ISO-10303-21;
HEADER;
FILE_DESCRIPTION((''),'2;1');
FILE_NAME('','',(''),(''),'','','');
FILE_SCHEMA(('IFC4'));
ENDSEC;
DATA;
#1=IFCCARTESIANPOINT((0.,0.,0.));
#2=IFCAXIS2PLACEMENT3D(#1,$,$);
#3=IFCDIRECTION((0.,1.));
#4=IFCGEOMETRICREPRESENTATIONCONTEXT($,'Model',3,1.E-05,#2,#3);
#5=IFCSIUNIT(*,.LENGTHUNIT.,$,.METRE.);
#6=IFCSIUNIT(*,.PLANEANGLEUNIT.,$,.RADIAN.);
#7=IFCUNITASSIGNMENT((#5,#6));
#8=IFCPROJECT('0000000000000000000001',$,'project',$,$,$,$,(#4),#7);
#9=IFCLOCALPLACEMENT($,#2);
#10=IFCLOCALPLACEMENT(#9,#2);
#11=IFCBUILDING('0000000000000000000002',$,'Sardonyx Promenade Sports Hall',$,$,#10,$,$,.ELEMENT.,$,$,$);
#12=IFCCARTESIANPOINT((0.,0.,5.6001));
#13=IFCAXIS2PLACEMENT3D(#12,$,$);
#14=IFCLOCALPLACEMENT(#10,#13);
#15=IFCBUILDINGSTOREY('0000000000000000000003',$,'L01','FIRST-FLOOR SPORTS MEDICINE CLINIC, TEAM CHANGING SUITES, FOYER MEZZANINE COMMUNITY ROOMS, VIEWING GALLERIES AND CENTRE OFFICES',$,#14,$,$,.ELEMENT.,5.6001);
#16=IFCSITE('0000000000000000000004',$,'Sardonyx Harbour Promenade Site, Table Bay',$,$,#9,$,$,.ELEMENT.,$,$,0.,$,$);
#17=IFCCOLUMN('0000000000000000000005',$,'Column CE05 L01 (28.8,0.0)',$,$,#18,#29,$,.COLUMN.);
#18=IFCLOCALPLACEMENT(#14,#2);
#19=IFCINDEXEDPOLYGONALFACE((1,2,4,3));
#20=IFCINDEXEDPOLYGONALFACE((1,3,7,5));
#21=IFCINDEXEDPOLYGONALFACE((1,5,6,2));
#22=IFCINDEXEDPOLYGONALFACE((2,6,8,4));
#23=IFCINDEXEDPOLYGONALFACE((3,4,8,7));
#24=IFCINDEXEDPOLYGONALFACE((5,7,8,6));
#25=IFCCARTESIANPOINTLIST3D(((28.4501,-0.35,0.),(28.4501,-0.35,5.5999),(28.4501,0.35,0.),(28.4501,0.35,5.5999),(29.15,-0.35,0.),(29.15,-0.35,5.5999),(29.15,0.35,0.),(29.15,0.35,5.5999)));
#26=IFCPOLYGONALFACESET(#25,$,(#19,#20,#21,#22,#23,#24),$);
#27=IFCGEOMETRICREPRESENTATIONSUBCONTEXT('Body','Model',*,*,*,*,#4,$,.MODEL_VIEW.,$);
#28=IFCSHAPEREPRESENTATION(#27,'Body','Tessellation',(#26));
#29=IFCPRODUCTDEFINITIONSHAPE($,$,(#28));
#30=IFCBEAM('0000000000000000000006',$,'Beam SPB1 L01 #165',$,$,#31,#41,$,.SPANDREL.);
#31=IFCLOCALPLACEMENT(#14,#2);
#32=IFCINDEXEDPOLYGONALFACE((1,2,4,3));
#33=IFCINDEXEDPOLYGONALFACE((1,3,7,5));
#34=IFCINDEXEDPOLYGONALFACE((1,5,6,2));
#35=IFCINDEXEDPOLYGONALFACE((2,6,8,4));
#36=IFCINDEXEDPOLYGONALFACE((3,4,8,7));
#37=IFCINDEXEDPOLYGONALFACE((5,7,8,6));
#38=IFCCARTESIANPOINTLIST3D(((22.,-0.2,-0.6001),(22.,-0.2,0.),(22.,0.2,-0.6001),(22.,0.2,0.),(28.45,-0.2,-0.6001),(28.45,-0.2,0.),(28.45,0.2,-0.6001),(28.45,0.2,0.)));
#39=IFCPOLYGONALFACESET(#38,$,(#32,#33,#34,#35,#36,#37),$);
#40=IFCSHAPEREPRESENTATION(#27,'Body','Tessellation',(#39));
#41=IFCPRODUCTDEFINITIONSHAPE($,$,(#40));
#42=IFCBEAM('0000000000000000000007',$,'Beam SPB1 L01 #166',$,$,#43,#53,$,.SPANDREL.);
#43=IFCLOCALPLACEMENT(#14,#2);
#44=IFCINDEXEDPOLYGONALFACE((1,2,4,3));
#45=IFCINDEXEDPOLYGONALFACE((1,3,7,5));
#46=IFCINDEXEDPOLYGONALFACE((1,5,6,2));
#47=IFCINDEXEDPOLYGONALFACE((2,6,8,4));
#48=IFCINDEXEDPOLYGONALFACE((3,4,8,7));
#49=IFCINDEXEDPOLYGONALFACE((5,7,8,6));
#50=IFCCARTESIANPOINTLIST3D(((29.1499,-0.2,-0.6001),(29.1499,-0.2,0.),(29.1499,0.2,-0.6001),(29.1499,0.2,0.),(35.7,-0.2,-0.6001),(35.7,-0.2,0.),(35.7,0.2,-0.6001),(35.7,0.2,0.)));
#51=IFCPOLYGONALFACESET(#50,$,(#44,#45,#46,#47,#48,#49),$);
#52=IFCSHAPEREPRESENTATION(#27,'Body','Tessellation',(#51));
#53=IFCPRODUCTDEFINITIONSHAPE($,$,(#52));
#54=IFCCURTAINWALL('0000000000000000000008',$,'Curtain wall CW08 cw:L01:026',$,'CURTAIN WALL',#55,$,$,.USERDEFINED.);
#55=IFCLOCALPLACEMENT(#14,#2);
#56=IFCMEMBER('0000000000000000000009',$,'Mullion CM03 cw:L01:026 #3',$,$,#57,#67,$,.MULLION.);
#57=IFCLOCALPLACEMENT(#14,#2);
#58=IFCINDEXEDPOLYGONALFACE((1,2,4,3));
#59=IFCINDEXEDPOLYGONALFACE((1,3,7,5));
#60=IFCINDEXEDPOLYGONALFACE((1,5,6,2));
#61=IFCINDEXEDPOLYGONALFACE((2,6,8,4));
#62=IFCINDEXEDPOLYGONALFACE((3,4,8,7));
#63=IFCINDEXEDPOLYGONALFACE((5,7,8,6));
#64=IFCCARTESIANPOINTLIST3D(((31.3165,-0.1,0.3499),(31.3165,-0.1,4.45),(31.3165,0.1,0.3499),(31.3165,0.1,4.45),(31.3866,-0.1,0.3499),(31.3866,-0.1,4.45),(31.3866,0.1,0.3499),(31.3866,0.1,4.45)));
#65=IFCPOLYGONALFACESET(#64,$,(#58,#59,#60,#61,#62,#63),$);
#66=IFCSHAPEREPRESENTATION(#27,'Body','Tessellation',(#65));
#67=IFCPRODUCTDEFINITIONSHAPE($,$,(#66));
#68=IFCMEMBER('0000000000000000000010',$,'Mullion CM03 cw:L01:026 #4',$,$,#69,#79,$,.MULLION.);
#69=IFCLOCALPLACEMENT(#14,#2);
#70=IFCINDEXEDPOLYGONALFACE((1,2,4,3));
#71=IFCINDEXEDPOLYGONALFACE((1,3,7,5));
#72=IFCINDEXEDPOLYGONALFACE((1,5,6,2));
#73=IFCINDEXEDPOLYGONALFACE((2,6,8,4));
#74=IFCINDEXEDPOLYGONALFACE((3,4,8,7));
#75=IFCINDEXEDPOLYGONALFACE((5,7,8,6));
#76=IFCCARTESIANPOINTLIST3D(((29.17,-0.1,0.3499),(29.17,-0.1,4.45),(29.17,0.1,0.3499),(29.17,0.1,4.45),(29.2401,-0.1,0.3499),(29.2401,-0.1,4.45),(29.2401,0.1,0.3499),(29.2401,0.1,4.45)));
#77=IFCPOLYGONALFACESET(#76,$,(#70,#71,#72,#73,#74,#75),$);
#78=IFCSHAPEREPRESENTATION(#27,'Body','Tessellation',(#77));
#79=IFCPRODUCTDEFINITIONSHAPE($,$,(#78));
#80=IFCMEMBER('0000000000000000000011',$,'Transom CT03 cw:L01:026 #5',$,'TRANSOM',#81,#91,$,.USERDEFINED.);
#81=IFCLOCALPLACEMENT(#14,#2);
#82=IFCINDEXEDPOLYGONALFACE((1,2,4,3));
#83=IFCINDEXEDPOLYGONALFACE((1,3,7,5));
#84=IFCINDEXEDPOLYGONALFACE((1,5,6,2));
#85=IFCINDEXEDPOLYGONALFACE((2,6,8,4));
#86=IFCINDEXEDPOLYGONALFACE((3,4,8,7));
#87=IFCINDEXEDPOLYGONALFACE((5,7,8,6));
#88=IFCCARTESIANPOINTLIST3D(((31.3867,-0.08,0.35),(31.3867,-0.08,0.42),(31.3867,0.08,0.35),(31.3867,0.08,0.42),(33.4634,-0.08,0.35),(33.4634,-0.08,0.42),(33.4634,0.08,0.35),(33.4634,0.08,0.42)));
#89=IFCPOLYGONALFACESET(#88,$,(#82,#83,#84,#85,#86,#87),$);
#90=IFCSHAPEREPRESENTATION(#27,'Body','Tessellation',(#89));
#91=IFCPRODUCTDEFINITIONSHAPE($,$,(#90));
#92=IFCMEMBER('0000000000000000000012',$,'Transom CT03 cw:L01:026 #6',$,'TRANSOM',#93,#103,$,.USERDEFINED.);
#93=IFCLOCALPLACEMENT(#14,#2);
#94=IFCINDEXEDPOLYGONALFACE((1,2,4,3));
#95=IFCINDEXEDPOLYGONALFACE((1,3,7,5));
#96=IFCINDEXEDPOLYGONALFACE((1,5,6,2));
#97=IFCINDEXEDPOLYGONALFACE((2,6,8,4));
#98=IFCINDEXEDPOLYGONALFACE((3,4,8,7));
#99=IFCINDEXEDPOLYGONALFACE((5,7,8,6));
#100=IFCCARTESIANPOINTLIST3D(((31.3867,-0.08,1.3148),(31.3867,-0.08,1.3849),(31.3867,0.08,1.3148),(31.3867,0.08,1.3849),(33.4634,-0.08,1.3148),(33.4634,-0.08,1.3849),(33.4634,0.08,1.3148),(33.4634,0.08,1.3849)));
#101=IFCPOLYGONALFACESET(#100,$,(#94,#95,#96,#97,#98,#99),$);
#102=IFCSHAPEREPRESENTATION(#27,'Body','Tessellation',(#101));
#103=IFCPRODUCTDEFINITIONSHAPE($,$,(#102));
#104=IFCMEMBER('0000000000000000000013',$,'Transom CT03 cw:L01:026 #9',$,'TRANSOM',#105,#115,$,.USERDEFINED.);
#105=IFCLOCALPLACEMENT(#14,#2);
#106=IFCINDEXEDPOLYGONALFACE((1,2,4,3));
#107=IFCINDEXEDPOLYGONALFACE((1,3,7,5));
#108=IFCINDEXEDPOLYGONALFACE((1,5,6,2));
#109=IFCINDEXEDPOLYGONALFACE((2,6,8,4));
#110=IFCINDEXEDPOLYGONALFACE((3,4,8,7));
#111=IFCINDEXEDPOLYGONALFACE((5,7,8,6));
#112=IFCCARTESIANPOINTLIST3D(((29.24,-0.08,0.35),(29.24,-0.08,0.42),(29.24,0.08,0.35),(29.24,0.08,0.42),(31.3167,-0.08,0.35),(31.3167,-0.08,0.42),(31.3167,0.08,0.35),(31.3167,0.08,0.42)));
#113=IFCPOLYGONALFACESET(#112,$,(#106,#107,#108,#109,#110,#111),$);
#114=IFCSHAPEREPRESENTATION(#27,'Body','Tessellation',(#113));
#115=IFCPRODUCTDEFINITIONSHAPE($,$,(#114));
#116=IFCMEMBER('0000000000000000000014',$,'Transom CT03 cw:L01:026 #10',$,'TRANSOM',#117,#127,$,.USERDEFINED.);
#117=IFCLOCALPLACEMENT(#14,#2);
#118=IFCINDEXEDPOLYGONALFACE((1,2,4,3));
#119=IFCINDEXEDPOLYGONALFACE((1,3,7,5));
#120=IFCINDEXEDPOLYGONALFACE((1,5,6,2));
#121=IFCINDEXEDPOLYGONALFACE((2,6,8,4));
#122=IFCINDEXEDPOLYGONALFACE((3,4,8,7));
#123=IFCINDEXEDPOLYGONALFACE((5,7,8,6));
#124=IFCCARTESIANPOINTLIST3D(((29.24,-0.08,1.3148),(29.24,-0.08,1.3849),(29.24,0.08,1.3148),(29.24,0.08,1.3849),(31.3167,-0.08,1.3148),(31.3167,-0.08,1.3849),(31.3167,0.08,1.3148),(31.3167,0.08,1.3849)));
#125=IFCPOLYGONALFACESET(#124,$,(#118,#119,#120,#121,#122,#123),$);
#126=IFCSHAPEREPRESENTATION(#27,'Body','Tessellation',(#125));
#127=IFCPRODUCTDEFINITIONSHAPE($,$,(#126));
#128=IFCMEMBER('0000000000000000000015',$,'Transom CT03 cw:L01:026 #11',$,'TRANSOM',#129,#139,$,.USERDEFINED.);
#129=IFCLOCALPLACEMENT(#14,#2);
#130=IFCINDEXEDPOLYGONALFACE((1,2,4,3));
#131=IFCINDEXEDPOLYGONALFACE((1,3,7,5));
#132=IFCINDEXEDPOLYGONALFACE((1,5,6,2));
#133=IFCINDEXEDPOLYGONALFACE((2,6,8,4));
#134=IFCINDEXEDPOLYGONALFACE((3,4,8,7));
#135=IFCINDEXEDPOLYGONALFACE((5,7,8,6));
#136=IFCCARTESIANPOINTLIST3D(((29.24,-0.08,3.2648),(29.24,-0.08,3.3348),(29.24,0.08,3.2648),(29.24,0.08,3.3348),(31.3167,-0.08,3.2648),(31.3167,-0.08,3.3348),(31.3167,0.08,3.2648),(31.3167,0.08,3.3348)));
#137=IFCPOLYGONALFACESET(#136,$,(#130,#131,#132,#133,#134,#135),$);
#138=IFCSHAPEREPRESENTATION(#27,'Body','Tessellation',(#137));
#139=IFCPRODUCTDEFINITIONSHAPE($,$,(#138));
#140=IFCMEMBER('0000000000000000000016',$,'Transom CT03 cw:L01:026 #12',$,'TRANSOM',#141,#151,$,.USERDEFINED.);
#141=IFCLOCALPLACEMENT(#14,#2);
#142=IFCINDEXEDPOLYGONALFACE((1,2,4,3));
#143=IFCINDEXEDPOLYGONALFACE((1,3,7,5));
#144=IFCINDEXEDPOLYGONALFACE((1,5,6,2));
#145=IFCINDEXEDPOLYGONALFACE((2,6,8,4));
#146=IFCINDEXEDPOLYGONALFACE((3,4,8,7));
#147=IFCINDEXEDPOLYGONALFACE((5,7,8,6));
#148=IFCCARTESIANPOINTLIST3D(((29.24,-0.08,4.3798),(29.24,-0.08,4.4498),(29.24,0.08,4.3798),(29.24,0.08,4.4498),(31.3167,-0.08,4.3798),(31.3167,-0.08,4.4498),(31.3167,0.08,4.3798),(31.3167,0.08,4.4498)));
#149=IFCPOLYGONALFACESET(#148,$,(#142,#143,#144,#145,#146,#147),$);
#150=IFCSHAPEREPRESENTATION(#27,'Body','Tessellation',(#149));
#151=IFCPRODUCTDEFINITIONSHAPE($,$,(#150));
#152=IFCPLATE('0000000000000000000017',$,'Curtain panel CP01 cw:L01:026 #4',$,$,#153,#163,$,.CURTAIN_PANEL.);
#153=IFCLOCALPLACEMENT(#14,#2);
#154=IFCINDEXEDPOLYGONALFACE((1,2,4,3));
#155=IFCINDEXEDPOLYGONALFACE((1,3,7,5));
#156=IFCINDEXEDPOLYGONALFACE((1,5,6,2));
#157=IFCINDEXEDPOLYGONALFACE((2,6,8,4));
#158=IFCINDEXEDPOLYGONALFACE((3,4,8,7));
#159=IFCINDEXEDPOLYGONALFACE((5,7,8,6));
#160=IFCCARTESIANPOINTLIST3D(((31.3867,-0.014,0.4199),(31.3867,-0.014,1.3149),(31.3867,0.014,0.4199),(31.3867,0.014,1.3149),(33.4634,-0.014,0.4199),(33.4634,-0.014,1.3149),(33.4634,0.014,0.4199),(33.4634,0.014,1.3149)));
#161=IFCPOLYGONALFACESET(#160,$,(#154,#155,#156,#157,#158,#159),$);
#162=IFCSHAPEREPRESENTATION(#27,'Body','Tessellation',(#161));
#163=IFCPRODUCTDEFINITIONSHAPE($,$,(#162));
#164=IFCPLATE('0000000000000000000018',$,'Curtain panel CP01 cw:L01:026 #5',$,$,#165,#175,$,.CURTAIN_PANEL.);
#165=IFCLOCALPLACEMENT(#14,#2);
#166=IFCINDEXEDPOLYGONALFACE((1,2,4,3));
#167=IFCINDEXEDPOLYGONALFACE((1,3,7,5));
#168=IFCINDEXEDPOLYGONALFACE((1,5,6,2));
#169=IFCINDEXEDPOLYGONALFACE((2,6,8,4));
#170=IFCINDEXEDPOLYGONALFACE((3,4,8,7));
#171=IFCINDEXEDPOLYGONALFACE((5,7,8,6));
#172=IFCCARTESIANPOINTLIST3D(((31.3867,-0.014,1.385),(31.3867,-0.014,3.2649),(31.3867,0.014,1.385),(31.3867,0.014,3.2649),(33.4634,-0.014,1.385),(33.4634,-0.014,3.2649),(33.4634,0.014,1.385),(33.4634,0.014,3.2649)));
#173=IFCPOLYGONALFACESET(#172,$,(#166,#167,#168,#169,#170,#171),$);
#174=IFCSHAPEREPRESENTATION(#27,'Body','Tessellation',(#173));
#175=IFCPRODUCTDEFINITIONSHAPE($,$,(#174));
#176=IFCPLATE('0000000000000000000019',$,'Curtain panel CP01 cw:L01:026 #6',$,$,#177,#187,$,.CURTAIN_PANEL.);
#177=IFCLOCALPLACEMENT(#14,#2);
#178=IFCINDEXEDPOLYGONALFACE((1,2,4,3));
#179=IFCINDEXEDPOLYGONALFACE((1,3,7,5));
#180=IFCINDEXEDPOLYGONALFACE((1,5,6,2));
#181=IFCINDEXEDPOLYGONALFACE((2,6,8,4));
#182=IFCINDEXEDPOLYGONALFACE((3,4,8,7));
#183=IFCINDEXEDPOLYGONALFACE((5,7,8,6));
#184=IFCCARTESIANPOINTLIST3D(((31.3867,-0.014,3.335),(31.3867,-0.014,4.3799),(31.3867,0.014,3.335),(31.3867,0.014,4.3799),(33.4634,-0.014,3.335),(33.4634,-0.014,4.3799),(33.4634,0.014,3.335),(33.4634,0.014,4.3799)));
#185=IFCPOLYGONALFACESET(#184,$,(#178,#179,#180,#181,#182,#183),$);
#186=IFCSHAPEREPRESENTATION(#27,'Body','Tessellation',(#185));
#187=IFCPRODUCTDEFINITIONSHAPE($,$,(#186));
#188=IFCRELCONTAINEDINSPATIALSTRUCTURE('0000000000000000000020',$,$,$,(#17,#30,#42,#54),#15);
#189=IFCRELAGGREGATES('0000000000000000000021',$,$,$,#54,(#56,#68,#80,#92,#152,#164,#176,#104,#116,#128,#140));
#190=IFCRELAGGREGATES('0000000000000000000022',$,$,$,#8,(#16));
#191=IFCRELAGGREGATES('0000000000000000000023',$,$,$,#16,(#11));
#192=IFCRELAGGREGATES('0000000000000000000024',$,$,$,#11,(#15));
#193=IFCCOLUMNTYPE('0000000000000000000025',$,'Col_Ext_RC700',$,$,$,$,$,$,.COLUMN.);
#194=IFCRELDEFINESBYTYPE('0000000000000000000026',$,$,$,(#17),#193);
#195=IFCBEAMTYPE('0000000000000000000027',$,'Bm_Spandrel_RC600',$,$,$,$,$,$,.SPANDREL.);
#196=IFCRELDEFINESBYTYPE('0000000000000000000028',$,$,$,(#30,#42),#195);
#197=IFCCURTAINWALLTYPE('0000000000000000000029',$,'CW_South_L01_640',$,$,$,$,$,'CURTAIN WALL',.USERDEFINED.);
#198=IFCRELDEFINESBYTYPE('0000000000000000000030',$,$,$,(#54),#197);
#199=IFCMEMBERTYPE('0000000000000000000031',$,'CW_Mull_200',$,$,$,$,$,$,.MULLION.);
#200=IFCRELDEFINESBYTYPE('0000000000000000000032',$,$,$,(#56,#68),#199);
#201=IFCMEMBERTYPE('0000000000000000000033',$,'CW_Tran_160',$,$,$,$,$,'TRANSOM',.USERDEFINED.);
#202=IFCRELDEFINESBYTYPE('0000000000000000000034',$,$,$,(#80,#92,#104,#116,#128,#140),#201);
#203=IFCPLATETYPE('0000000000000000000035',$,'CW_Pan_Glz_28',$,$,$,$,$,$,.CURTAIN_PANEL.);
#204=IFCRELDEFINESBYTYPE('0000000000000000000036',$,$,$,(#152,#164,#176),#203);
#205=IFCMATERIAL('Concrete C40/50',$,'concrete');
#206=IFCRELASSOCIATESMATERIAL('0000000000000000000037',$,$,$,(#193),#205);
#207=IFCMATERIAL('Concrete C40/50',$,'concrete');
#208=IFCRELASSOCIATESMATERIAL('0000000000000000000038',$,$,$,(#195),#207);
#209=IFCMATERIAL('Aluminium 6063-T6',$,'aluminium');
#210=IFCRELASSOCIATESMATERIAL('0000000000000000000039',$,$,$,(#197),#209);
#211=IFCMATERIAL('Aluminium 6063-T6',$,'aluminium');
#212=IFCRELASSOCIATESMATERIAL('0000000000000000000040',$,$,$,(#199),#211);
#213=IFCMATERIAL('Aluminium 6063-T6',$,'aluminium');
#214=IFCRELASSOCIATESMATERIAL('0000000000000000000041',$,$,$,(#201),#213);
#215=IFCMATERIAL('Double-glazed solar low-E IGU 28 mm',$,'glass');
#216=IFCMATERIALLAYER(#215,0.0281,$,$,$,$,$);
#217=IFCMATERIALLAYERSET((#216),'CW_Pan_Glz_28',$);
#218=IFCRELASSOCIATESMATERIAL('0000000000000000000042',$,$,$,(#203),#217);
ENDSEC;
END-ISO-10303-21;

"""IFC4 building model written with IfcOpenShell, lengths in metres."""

from ifc_helpers import new_model, si_unit, direction, frame, origin, origin_2d, place, context, subcontext, project, spatial, rectangle, extrude, material, layer, layer_set, material_profile, profile_set, type_object, element, aggregate, save


model = new_model("IFC4")

# Units and contexts
model_context = context("Model", 3, precision=1e-05, world=origin(), true_north=direction((0.0, 1.0)))
body_context = subcontext(model_context, "Body", "Model", "MODEL_VIEW")
ifc_project = project(units=[si_unit("LENGTHUNIT", "METRE"), si_unit("PLANEANGLEUNIT", "RADIAN")], contexts=[model_context])

# Site, building, storey
site_placement = place(None, origin())
site = spatial("IfcSite", under=ifc_project, at=site_placement, Name="Sardonyx Harbour Promenade Site, Table Bay", CompositionType="ELEMENT", RefElevation=0.0)
building_placement = place(site_placement, origin())
building = spatial("IfcBuilding", under=site, at=building_placement, Name="Sardonyx Promenade Sports Hall", CompositionType="ELEMENT")
storey_placement = place(building_placement, frame((0.0, 0.0, 5.6001)))
storey = spatial("IfcBuildingStorey", under=building, at=storey_placement, Name="L01", Description="FIRST-FLOOR SPORTS MEDICINE CLINIC, TEAM CHANGING SUITES, FOYER MEZZANINE COMMUNITY ROOMS, VIEWING GALLERIES AND CENTRE OFFICES", CompositionType="ELEMENT", Elevation=5.6001)

# Column
ifc_material_1 = material(Name="Concrete C40/50", Category="concrete")
ifc_material_profile_1 = material_profile(ifc_material_1, rectangle(XDim=0.7, YDim=0.7, at=origin_2d()))
ifc_profile_set_1 = profile_set([ifc_material_profile_1], Name="Concrete C40/50")
column_type = type_object("IfcColumnType", Name="Col_Ext_RC700", PredefinedType="COLUMN", material=ifc_profile_set_1)
column_placement = place(storey_placement, frame((28.8, 0.0, 0.0), z_axis=(0.0, 0.0, 1.0), x_axis=(1.0, 0.0, 0.0)))
element("IfcColumn", 1, at=column_placement, inside=storey, type_object=column_type, Name="Column CE05 L01 (28.8,0.0)", PredefinedType="COLUMN", context=body_context, shape_type="SweptSolid", body=[
    extrude(rectangle(XDim=0.7, YDim=0.7, at=origin_2d()), origin(), (0.0, 0.0, 1.0), 5.5999),
])

# Beams
ifc_material_2 = material(Name="Concrete C40/50", Category="concrete")
ifc_material_profile_2 = material_profile(ifc_material_2, rectangle(XDim=0.3999, YDim=0.6001, at=origin_2d()))
ifc_profile_set_2 = profile_set([ifc_material_profile_2], Name="Concrete C40/50")
beam_type = type_object("IfcBeamType", Name="Bm_Spandrel_RC600", PredefinedType="SPANDREL", material=ifc_profile_set_2)
beam_1_placement = place(storey_placement, frame((22.0, 0.0, -0.3), z_axis=(1.0, 0.0, 0.0), x_axis=(0.0, 1.0, 0.0)))
element("IfcBeam", 2, at=beam_1_placement, inside=storey, type_object=beam_type, Name="Beam SPB1 L01 #165", PredefinedType="SPANDREL", context=body_context, shape_type="SweptSolid", body=[
    extrude(rectangle(XDim=0.3999, YDim=0.6001, at=origin_2d()), origin(), (0.0, 0.0, 1.0), 6.45),
])
beam_2_placement = place(storey_placement, frame((29.1499, 0.0, -0.3), z_axis=(1.0, 0.0, 0.0), x_axis=(0.0, 1.0, 0.0)))
element("IfcBeam", 3, at=beam_2_placement, inside=storey, type_object=beam_type, Name="Beam SPB1 L01 #166", PredefinedType="SPANDREL", context=body_context, shape_type="SweptSolid", body=[
    extrude(rectangle(XDim=0.3999, YDim=0.6001, at=origin_2d()), origin(), (0.0, 0.0, 1.0), 6.55),
])

# Curtain wall, members, plates
ifc_material_3 = material(Name="Aluminium 6063-T6", Category="aluminium")
curtain_wall_type = type_object("IfcCurtainWallType", Name="CW_South_L01_640", ElementType="CURTAIN WALL", PredefinedType="USERDEFINED", material=ifc_material_3)
curtain_wall_placement = place(storey_placement, origin())
curtain_wall = element("IfcCurtainWall", 4, at=curtain_wall_placement, inside=storey, type_object=curtain_wall_type, Name="Curtain wall CW08 cw:L01:026", ObjectType="CURTAIN WALL", PredefinedType="USERDEFINED")
ifc_material_4 = material(Name="Aluminium 6063-T6", Category="aluminium")
ifc_material_profile_3 = material_profile(ifc_material_4, rectangle(XDim=0.0701, YDim=0.2, at=origin_2d()))
ifc_profile_set_3 = profile_set([ifc_material_profile_3], Name="Aluminium 6063-T6")
member_type_1 = type_object("IfcMemberType", Name="CW_Mull_200", PredefinedType="MULLION", material=ifc_profile_set_3)
member_1_placement = place(storey_placement, frame((31.3516, 0.0, 0.3499), z_axis=(0.0, 0.0, 1.0), x_axis=(-1.0, 0.0, 0.0)))
member_1 = element("IfcMember", 5, at=member_1_placement, type_object=member_type_1, Name="Mullion CM03 cw:L01:026 #3", PredefinedType="MULLION", context=body_context, shape_type="SweptSolid", body=[
    extrude(rectangle(XDim=0.0701, YDim=0.2, at=origin_2d()), origin(), (0.0, 0.0, 1.0), 4.1001),
])
member_2_placement = place(storey_placement, frame((29.2051, 0.0, 0.3499), z_axis=(0.0, 0.0, 1.0), x_axis=(-1.0, 0.0, 0.0)))
member_2 = element("IfcMember", 6, at=member_2_placement, type_object=member_type_1, Name="Mullion CM03 cw:L01:026 #4", PredefinedType="MULLION", context=body_context, shape_type="SweptSolid", body=[
    extrude(rectangle(XDim=0.0701, YDim=0.2, at=origin_2d()), origin(), (0.0, 0.0, 1.0), 4.1001),
])
ifc_material_5 = material(Name="Aluminium 6063-T6", Category="aluminium")
ifc_material_profile_4 = material_profile(ifc_material_5, rectangle(XDim=0.0701, YDim=0.1599, at=origin_2d()))
ifc_profile_set_4 = profile_set([ifc_material_profile_4], Name="Aluminium 6063-T6")
member_type_2 = type_object("IfcMemberType", Name="CW_Tran_160", ElementType="TRANSOM", PredefinedType="USERDEFINED", material=ifc_profile_set_4)
member_3_placement = place(storey_placement, frame((33.4634, 0.0, 0.385), z_axis=(-1.0, 0.0, 0.0), x_axis=(0.0, 0.0, 1.0)))
member_3 = element("IfcMember", 7, at=member_3_placement, type_object=member_type_2, Name="Transom CT03 cw:L01:026 #5", ObjectType="TRANSOM", PredefinedType="USERDEFINED", context=body_context, shape_type="SweptSolid", body=[
    extrude(rectangle(XDim=0.0701, YDim=0.1599, at=origin_2d()), origin(), (0.0, 0.0, 1.0), 2.0767),
])
member_4_placement = place(storey_placement, frame((33.4634, 0.0, 1.3499), z_axis=(-1.0, 0.0, 0.0), x_axis=(0.0, 0.0, 1.0)))
member_4 = element("IfcMember", 8, at=member_4_placement, type_object=member_type_2, Name="Transom CT03 cw:L01:026 #6", ObjectType="TRANSOM", PredefinedType="USERDEFINED", context=body_context, shape_type="SweptSolid", body=[
    extrude(rectangle(XDim=0.0701, YDim=0.1599, at=origin_2d()), origin(), (0.0, 0.0, 1.0), 2.0767),
])
member_5_placement = place(storey_placement, frame((31.3167, 0.0, 0.385), z_axis=(-1.0, 0.0, 0.0), x_axis=(0.0, 0.0, 1.0)))
member_5 = element("IfcMember", 9, at=member_5_placement, type_object=member_type_2, Name="Transom CT03 cw:L01:026 #9", ObjectType="TRANSOM", PredefinedType="USERDEFINED", context=body_context, shape_type="SweptSolid", body=[
    extrude(rectangle(XDim=0.0701, YDim=0.1599, at=origin_2d()), origin(), (0.0, 0.0, 1.0), 2.0767),
])
member_6_placement = place(storey_placement, frame((31.3167, 0.0, 1.3499), z_axis=(-1.0, 0.0, 0.0), x_axis=(0.0, 0.0, 1.0)))
member_6 = element("IfcMember", 10, at=member_6_placement, type_object=member_type_2, Name="Transom CT03 cw:L01:026 #10", ObjectType="TRANSOM", PredefinedType="USERDEFINED", context=body_context, shape_type="SweptSolid", body=[
    extrude(rectangle(XDim=0.0701, YDim=0.1599, at=origin_2d()), origin(), (0.0, 0.0, 1.0), 2.0767),
])
member_7_placement = place(storey_placement, frame((31.3167, 0.0, 3.2998), z_axis=(-1.0, 0.0, 0.0), x_axis=(0.0, 0.0, 1.0)))
member_7 = element("IfcMember", 11, at=member_7_placement, type_object=member_type_2, Name="Transom CT03 cw:L01:026 #11", ObjectType="TRANSOM", PredefinedType="USERDEFINED", context=body_context, shape_type="SweptSolid", body=[
    extrude(rectangle(XDim=0.0701, YDim=0.1599, at=origin_2d()), origin(), (0.0, 0.0, 1.0), 2.0767),
])
member_8_placement = place(storey_placement, frame((31.3167, 0.0, 4.4148), z_axis=(-1.0, 0.0, 0.0), x_axis=(0.0, 0.0, 1.0)))
member_8 = element("IfcMember", 12, at=member_8_placement, type_object=member_type_2, Name="Transom CT03 cw:L01:026 #12", ObjectType="TRANSOM", PredefinedType="USERDEFINED", context=body_context, shape_type="SweptSolid", body=[
    extrude(rectangle(XDim=0.0701, YDim=0.1599, at=origin_2d()), origin(), (0.0, 0.0, 1.0), 2.0767),
])
ifc_material_6 = material(Name="Double-glazed solar low-E IGU 28 mm", Category="glass")
ifc_layer_1 = layer(ifc_material_6, 0.0281)
ifc_layer_set_1 = layer_set([ifc_layer_1], Name="CW_Pan_Glz_28")
plate_type = type_object("IfcPlateType", Name="CW_Pan_Glz_28", PredefinedType="CURTAIN_PANEL", material=ifc_layer_set_1)
plate_1_placement = place(storey_placement, frame((32.425, 0.0, 0.4199), z_axis=(0.0, 0.0, 1.0), x_axis=(-1.0, 0.0, 0.0)))
plate_1 = element("IfcPlate", 13, at=plate_1_placement, type_object=plate_type, Name="Curtain panel CP01 cw:L01:026 #4", PredefinedType="CURTAIN_PANEL", context=body_context, shape_type="SweptSolid", body=[
    extrude(rectangle(XDim=2.0767, YDim=0.0281, at=origin_2d()), origin(), (0.0, 0.0, 1.0), 0.895),
])
plate_2_placement = place(storey_placement, frame((32.425, 0.0, 1.385), z_axis=(0.0, 0.0, 1.0), x_axis=(-1.0, 0.0, 0.0)))
plate_2 = element("IfcPlate", 14, at=plate_2_placement, type_object=plate_type, Name="Curtain panel CP01 cw:L01:026 #5", PredefinedType="CURTAIN_PANEL", context=body_context, shape_type="SweptSolid", body=[
    extrude(rectangle(XDim=2.0767, YDim=0.0281, at=origin_2d()), origin(), (0.0, 0.0, 1.0), 1.8799),
])
plate_3_placement = place(storey_placement, frame((32.425, 0.0, 3.335), z_axis=(0.0, 0.0, 1.0), x_axis=(-1.0, 0.0, 0.0)))
plate_3 = element("IfcPlate", 15, at=plate_3_placement, type_object=plate_type, Name="Curtain panel CP01 cw:L01:026 #6", PredefinedType="CURTAIN_PANEL", context=body_context, shape_type="SweptSolid", body=[
    extrude(rectangle(XDim=2.0767, YDim=0.0281, at=origin_2d()), origin(), (0.0, 0.0, 1.0), 1.0449),
])
aggregate(curtain_wall, [member_1, member_2, member_3, member_4, plate_1, plate_2, plate_3, member_5, member_6, member_7, member_8])

save(model, "model.ifc")
